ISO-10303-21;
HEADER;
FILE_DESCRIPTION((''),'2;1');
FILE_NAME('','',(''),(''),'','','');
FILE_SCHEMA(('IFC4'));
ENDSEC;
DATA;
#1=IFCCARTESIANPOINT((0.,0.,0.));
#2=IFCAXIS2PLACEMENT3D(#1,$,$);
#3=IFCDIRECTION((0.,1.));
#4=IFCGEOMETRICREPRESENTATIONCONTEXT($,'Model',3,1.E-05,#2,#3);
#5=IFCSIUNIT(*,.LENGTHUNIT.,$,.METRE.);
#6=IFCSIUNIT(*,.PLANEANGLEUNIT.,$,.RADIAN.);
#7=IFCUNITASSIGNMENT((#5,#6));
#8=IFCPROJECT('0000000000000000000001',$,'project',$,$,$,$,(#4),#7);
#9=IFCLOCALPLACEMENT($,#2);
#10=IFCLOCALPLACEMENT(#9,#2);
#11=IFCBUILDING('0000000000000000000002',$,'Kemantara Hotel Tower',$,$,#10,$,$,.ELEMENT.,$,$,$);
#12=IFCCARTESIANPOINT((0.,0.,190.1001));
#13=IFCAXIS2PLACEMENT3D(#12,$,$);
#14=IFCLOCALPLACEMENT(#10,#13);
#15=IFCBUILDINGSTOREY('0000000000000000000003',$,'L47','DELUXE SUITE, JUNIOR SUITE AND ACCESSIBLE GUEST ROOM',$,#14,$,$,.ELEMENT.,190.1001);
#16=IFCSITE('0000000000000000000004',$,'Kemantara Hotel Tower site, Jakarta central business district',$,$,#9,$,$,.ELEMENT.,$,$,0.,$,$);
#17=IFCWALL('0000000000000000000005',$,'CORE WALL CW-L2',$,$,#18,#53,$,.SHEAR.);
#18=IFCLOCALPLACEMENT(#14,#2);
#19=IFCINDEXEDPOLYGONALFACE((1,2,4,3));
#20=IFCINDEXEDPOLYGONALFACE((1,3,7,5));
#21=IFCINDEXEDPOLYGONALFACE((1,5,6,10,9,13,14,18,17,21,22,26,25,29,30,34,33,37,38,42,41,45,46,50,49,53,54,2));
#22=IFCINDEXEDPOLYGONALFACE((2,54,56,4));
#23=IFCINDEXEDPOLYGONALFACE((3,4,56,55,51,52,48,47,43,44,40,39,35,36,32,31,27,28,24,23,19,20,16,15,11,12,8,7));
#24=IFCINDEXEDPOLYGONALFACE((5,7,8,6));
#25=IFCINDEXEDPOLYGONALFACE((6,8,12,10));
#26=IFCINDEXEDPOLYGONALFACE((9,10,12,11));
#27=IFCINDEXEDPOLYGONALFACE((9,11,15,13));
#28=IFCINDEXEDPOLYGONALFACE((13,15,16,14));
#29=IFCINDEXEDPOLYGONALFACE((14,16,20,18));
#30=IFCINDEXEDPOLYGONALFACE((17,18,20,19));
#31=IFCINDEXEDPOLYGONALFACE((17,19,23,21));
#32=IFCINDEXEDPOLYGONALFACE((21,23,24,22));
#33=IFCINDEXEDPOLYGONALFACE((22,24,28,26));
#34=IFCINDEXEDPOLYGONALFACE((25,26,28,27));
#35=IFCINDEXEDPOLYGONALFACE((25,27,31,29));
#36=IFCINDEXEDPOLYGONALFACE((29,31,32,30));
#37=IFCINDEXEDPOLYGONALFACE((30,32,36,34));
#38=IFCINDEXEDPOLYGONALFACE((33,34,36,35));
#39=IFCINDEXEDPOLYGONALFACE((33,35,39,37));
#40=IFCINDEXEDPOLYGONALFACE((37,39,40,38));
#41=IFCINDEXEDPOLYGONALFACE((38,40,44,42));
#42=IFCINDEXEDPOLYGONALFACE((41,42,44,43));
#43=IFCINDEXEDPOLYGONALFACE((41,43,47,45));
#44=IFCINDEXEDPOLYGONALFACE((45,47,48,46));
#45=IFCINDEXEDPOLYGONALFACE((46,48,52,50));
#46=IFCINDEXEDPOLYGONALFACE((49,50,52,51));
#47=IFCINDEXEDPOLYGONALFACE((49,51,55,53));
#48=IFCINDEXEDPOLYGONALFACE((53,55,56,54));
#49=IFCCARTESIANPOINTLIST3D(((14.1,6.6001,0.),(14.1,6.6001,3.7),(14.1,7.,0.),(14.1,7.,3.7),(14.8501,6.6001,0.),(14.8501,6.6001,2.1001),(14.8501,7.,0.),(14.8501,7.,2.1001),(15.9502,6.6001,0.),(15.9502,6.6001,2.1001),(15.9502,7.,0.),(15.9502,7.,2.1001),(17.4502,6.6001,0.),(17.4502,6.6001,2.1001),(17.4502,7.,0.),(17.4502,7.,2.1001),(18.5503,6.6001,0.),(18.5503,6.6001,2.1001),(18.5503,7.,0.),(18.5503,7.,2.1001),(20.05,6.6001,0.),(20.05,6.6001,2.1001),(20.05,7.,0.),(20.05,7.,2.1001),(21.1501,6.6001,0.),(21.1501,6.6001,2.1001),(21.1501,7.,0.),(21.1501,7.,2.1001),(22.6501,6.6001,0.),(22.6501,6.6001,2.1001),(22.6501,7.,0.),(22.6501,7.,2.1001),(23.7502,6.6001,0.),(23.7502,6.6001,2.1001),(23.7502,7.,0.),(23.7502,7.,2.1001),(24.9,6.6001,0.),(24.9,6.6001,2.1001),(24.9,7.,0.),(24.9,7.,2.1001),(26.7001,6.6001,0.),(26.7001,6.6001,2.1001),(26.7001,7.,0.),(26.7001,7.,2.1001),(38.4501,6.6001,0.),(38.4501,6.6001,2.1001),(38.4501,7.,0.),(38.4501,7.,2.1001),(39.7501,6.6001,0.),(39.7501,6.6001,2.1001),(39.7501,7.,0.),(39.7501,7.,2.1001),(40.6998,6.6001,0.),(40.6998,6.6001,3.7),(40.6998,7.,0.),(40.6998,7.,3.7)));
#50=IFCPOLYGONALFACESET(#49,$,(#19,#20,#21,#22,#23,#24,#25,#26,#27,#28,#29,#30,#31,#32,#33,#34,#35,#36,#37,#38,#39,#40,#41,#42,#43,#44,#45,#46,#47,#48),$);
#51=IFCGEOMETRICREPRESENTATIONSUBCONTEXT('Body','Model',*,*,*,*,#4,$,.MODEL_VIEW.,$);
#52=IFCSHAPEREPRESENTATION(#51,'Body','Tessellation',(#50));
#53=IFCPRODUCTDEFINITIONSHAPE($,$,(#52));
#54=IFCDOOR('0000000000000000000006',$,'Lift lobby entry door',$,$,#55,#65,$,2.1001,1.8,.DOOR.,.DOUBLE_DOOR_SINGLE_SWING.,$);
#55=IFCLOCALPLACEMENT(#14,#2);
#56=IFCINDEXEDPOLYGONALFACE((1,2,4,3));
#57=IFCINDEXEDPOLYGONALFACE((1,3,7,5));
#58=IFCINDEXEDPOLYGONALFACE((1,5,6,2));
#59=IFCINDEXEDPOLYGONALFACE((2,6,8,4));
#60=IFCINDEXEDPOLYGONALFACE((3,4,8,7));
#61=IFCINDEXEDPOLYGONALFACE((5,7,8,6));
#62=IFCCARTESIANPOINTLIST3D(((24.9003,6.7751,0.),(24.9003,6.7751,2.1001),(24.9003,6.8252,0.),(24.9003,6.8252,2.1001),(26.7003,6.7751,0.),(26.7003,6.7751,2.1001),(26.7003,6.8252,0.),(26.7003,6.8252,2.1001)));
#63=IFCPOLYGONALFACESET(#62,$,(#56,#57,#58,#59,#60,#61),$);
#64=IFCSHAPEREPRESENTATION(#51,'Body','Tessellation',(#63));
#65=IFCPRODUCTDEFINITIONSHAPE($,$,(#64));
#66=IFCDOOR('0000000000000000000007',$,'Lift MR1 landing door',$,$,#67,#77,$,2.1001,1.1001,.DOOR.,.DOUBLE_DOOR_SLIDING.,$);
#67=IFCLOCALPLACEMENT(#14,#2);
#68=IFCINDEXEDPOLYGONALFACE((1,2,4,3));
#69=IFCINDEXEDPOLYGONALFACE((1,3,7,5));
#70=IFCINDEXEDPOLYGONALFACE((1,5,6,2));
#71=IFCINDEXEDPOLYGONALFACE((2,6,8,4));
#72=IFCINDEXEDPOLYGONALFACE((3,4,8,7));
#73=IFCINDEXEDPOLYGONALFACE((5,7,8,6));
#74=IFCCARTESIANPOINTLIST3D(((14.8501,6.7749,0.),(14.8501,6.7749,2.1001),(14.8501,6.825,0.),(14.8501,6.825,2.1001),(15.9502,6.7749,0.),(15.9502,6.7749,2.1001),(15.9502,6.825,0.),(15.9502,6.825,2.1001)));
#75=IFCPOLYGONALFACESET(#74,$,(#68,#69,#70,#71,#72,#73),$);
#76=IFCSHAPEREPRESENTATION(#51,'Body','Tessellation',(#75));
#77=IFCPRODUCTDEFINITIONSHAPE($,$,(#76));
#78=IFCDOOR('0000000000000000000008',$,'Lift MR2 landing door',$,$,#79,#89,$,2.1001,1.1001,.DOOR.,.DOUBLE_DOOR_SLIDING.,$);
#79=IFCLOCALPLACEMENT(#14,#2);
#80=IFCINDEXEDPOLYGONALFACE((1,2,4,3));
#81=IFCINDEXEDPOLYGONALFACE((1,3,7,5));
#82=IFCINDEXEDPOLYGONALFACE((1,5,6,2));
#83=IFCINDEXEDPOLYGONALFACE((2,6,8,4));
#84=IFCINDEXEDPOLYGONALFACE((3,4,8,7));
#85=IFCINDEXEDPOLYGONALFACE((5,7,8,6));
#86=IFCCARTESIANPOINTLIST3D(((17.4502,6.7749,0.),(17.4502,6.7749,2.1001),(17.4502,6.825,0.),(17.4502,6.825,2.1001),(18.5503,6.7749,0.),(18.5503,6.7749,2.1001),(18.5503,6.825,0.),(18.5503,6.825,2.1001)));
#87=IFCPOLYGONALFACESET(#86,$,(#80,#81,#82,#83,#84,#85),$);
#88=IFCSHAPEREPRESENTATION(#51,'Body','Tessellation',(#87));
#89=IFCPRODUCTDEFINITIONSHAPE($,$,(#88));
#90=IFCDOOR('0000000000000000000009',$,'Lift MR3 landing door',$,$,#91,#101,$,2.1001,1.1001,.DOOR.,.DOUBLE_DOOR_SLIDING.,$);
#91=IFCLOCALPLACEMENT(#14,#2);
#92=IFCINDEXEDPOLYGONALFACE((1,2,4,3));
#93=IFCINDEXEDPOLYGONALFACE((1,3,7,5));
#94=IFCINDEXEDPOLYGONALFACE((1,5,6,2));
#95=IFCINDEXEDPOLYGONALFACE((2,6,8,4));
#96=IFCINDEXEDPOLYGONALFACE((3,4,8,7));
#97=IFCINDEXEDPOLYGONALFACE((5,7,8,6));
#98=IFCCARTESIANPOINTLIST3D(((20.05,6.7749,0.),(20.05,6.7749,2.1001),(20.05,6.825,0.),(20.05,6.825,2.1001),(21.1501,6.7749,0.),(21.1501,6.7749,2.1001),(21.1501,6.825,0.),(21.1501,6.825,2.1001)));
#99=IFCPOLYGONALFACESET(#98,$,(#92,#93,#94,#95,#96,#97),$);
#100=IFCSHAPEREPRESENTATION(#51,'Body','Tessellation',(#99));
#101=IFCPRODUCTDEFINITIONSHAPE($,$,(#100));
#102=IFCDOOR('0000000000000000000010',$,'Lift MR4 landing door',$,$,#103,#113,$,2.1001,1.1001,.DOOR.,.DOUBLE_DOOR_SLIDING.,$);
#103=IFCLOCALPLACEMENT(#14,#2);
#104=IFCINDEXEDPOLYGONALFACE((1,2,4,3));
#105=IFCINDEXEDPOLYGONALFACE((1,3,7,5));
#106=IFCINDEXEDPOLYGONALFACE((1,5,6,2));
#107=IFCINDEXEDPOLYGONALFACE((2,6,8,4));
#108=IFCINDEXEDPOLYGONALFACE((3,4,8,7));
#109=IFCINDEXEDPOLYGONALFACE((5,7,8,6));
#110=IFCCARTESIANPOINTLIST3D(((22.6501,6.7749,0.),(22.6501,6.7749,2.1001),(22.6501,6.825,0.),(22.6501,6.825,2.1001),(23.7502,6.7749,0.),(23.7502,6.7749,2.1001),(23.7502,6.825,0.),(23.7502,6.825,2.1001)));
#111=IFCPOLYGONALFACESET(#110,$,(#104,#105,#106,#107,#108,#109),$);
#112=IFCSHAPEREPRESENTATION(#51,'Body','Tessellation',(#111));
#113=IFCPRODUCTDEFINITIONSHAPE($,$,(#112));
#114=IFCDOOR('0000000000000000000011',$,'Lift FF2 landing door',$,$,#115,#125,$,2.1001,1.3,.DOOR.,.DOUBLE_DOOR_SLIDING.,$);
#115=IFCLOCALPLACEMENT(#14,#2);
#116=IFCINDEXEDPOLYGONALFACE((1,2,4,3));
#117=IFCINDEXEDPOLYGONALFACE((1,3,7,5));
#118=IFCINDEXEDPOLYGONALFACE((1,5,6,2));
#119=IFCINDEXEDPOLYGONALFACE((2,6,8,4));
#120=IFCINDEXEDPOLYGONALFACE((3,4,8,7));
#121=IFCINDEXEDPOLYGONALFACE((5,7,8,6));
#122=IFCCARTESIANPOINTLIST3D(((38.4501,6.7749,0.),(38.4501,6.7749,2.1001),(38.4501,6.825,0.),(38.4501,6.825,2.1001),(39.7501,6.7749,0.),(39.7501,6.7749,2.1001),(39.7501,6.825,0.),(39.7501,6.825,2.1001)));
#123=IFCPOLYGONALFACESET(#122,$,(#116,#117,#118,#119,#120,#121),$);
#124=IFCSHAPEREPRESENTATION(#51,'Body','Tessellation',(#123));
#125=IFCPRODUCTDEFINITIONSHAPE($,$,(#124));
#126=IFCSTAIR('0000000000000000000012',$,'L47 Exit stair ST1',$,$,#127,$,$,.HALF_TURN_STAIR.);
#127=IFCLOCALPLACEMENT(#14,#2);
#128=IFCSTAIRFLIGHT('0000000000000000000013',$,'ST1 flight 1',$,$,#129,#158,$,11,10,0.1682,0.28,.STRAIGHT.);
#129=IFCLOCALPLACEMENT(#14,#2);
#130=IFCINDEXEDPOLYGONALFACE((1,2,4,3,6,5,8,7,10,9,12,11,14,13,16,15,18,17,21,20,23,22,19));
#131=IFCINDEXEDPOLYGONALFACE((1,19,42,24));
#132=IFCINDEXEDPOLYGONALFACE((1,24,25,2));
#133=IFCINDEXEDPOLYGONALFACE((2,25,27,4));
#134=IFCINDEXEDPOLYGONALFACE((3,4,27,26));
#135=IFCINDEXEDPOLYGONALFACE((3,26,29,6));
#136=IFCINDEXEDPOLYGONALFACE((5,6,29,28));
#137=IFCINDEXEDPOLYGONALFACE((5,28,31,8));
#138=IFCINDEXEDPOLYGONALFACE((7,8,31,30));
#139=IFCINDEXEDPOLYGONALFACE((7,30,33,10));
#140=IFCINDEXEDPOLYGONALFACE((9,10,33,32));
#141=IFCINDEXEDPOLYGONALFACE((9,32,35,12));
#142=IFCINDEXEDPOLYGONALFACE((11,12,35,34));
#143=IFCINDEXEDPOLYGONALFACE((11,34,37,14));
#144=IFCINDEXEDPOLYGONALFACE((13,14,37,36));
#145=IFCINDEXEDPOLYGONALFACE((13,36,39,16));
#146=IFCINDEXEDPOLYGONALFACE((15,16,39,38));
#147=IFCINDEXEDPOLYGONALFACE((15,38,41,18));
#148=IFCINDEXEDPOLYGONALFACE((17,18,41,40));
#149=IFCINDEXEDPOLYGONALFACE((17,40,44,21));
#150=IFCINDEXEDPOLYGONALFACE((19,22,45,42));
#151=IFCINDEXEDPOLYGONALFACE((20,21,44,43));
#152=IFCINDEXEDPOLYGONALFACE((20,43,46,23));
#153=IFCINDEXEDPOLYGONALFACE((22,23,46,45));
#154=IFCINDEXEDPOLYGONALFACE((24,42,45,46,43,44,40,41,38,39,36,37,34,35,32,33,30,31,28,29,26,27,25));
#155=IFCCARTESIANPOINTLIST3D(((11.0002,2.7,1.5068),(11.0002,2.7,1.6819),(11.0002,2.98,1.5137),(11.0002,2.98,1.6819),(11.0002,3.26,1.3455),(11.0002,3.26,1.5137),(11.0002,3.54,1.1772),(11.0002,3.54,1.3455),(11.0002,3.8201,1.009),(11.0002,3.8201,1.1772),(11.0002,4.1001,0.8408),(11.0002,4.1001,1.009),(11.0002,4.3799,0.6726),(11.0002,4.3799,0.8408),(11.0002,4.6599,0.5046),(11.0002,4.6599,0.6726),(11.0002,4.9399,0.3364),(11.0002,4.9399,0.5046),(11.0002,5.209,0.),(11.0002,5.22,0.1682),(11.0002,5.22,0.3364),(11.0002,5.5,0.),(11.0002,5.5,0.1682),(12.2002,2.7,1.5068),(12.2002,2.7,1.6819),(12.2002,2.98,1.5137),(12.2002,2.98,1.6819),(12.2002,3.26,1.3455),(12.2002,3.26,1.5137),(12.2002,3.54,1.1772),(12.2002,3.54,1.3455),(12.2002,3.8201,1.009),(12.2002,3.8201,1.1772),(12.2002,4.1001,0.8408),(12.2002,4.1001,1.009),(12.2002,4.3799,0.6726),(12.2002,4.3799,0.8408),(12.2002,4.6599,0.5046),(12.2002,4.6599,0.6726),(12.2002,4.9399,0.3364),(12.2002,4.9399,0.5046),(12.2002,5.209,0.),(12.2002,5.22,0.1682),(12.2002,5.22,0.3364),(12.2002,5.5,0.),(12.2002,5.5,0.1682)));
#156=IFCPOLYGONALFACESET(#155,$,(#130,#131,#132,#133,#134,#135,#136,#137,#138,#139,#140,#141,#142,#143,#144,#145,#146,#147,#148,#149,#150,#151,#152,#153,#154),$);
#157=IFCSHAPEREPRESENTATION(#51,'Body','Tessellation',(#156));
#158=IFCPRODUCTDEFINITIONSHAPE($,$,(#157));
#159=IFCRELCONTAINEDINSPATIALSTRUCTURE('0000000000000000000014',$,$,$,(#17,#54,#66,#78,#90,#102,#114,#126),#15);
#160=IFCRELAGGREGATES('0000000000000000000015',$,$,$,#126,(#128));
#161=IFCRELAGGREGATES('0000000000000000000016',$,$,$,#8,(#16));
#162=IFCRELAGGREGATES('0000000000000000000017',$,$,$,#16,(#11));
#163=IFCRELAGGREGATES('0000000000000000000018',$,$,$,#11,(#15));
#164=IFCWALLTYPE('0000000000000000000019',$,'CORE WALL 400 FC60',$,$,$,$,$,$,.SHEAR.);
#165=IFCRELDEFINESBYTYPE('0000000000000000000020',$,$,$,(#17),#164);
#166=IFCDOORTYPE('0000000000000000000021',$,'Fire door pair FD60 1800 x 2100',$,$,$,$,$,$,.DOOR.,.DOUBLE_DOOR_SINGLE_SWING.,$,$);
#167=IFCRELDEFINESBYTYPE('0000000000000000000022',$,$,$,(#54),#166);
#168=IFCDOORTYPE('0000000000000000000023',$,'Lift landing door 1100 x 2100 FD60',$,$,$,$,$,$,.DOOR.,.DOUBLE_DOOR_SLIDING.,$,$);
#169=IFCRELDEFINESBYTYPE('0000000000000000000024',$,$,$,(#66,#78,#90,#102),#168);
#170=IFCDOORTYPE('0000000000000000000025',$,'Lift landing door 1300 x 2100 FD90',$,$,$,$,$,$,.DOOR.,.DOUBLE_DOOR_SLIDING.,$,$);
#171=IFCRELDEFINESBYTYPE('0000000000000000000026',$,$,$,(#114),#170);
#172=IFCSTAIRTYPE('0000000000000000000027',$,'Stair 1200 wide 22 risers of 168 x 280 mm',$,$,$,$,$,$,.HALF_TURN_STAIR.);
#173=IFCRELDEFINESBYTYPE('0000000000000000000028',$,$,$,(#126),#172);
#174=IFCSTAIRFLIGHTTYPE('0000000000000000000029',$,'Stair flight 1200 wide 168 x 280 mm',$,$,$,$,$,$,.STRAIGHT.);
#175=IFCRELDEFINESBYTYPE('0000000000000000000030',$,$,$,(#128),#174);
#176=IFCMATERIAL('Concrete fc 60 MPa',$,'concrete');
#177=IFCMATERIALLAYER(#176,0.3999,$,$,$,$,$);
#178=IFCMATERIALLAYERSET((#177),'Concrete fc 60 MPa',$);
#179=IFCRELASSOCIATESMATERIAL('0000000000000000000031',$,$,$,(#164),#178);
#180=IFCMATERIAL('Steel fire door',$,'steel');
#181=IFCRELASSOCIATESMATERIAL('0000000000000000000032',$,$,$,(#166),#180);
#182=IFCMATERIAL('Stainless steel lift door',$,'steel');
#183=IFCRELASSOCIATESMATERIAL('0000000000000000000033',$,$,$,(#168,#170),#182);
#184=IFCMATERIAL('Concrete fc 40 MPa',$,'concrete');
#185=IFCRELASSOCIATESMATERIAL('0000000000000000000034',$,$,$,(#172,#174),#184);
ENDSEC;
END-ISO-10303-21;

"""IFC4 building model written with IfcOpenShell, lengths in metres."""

from ifc_helpers import new_model, si_unit, direction, frame, frame_2d, origin, place, context, subcontext, project, spatial, polyline, rectangle, outline, extrude, material, layer, layer_set, type_object, element, fill, aggregate, save


model = new_model("IFC4")

# Units and contexts
model_context = context("Model", 3, precision=1e-05, world=origin(), true_north=direction((0.0, 1.0)))
body_context = subcontext(model_context, "Body", "Model", "MODEL_VIEW")
ifc_project = project(units=[si_unit("LENGTHUNIT", "METRE"), si_unit("PLANEANGLEUNIT", "RADIAN")], contexts=[model_context])

# Site, building, storey
site_placement = place(None, origin())
site = spatial("IfcSite", under=ifc_project, at=site_placement, Name="Kemantara Hotel Tower site, Jakarta central business district", CompositionType="ELEMENT", RefElevation=0.0)
building_placement = place(site_placement, origin())
building = spatial("IfcBuilding", under=site, at=building_placement, Name="Kemantara Hotel Tower", CompositionType="ELEMENT")
storey_placement = place(building_placement, frame((0.0, 0.0, 190.1001)))
storey = spatial("IfcBuildingStorey", under=building, at=storey_placement, Name="L47", Description="DELUXE SUITE, JUNIOR SUITE AND ACCESSIBLE GUEST ROOM", CompositionType="ELEMENT", Elevation=190.1001)

# Shared definitions
ifc_material_1 = material(Name="Concrete fc 60 MPa", Category="concrete")

# Shared definitions
ifc_layer_1 = layer(ifc_material_1, 0.3999)
ifc_layer_set_1 = layer_set([ifc_layer_1], Name="Concrete fc 60 MPa")
wall_type_1 = type_object("IfcWallType", Name="CORE WALL 400 FC60", PredefinedType="SHEAR", material=ifc_layer_set_1)

# Wall, openings, doors
wall_1_placement = place(storey_placement, frame((14.1001, 6.8, 0.0), z_axis=(0.0, 0.0, 1.0), x_axis=(1.0, 0.0, 0.0)))
wall_1 = element("IfcWall", 1, at=wall_1_placement, inside=storey, type_object=wall_type_1, Name="CORE WALL CW-L2", PredefinedType="SHEAR", context=body_context, shape_type="SweptSolid", body=[
    extrude(rectangle(XDim=26.5999, YDim=0.3999, at=frame_2d((13.2998, 0.0))), origin(), (0.0, 0.0, 1.0), 3.7),
])
opening_1_placement = place(wall_1_placement, frame((10.8, 0.0, 0.0)))
opening_1 = element("IfcOpeningElement", 2, at=opening_1_placement, cuts=wall_1, PredefinedType="OPENING", context=body_context, shape_type="SweptSolid", body=[
    extrude(rectangle(XDim=1.8, YDim=2.1001, at=frame_2d((0.8999, 1.05))), frame((0.0, 0.21, 0.0), z_axis=(0.0, -1.0, 0.0), x_axis=(1.0, 0.0, 0.0)), (0.0, 0.0, 1.0), 0.4199),
])
opening_2_placement = place(wall_1_placement, frame((0.75, 0.0, 0.0)))
opening_2 = element("IfcOpeningElement", 3, at=opening_2_placement, cuts=wall_1, PredefinedType="OPENING", context=body_context, shape_type="SweptSolid", body=[
    extrude(rectangle(XDim=1.1001, YDim=2.1001, at=frame_2d((0.55, 1.05))), frame((0.0, 0.21, 0.0), z_axis=(0.0, -1.0, 0.0), x_axis=(1.0, 0.0, 0.0)), (0.0, 0.0, 1.0), 0.4199),
])
opening_3_placement = place(wall_1_placement, frame((3.3501, 0.0, 0.0)))
opening_3 = element("IfcOpeningElement", 4, at=opening_3_placement, cuts=wall_1, PredefinedType="OPENING", context=body_context, shape_type="SweptSolid", body=[
    extrude(rectangle(XDim=1.1001, YDim=2.1001, at=frame_2d((0.55, 1.05))), frame((0.0, 0.21, 0.0), z_axis=(0.0, -1.0, 0.0), x_axis=(1.0, 0.0, 0.0)), (0.0, 0.0, 1.0), 0.4199),
])
opening_4_placement = place(wall_1_placement, frame((5.95, 0.0, 0.0)))
opening_4 = element("IfcOpeningElement", 5, at=opening_4_placement, cuts=wall_1, PredefinedType="OPENING", context=body_context, shape_type="SweptSolid", body=[
    extrude(rectangle(XDim=1.1001, YDim=2.1001, at=frame_2d((0.55, 1.05))), frame((0.0, 0.21, 0.0), z_axis=(0.0, -1.0, 0.0), x_axis=(1.0, 0.0, 0.0)), (0.0, 0.0, 1.0), 0.4199),
])
opening_5_placement = place(wall_1_placement, frame((8.55, 0.0, 0.0)))
opening_5 = element("IfcOpeningElement", 6, at=opening_5_placement, cuts=wall_1, PredefinedType="OPENING", context=body_context, shape_type="SweptSolid", body=[
    extrude(rectangle(XDim=1.1001, YDim=2.1001, at=frame_2d((0.55, 1.05))), frame((0.0, 0.21, 0.0), z_axis=(0.0, -1.0, 0.0), x_axis=(1.0, 0.0, 0.0)), (0.0, 0.0, 1.0), 0.4199),
])
opening_6_placement = place(wall_1_placement, frame((24.3501, 0.0, 0.0)))
opening_6 = element("IfcOpeningElement", 7, at=opening_6_placement, cuts=wall_1, PredefinedType="OPENING", context=body_context, shape_type="SweptSolid", body=[
    extrude(rectangle(XDim=1.3, YDim=2.1001, at=frame_2d((0.6499, 1.05))), frame((0.0, 0.21, 0.0), z_axis=(0.0, -1.0, 0.0), x_axis=(1.0, 0.0, 0.0)), (0.0, 0.0, 1.0), 0.4199),
])
ifc_material_2 = material(Name="Steel fire door", Category="steel")
door_type_1 = type_object("IfcDoorType", Name="Fire door pair FD60 1800 x 2100", OperationType="DOUBLE_DOOR_SINGLE_SWING", PredefinedType="DOOR", material=ifc_material_2)
door_1_placement = place(opening_1_placement, frame((1.8, 0.0, 0.0), z_axis=(0.0, 0.0, 1.0), x_axis=(-1.0, 0.0, 0.0)))
door_1 = element("IfcDoor", 8, at=door_1_placement, inside=storey, type_object=door_type_1, Name="Lift lobby entry door", OperationType="DOUBLE_DOOR_SINGLE_SWING", OverallHeight=2.1001, OverallWidth=1.8, PredefinedType="DOOR", context=body_context, shape_type="SweptSolid", body=[
    extrude(rectangle(XDim=1.8, YDim=2.1001, at=frame_2d((0.8999, 1.05))), frame((0.0, 0.0249, 0.0), z_axis=(0.0, -1.0, 0.0), x_axis=(1.0, 0.0, 0.0)), (0.0, 0.0, 1.0), 0.05),
])
fill(opening_1, door_1)
ifc_material_3 = material(Name="Stainless steel lift door", Category="steel")
door_type_2 = type_object("IfcDoorType", Name="Lift landing door 1100 x 2100 FD60", OperationType="DOUBLE_DOOR_SLIDING", PredefinedType="DOOR", material=ifc_material_3)
door_2_placement = place(opening_2_placement, origin())
door_2 = element("IfcDoor", 9, at=door_2_placement, inside=storey, type_object=door_type_2, Name="Lift MR1 landing door", OperationType="DOUBLE_DOOR_SLIDING", OverallHeight=2.1001, OverallWidth=1.1001, PredefinedType="DOOR", context=body_context, shape_type="SweptSolid", body=[
    extrude(rectangle(XDim=1.1001, YDim=2.1001, at=frame_2d((0.55, 1.05))), frame((0.0, 0.0249, 0.0), z_axis=(0.0, -1.0, 0.0), x_axis=(1.0, 0.0, 0.0)), (0.0, 0.0, 1.0), 0.05),
])
fill(opening_2, door_2)
door_3_placement = place(opening_3_placement, origin())
door_3 = element("IfcDoor", 10, at=door_3_placement, inside=storey, type_object=door_type_2, Name="Lift MR2 landing door", OperationType="DOUBLE_DOOR_SLIDING", OverallHeight=2.1001, OverallWidth=1.1001, PredefinedType="DOOR", context=body_context, shape_type="SweptSolid", body=[
    extrude(rectangle(XDim=1.1001, YDim=2.1001, at=frame_2d((0.55, 1.05))), frame((0.0, 0.0249, 0.0), z_axis=(0.0, -1.0, 0.0), x_axis=(1.0, 0.0, 0.0)), (0.0, 0.0, 1.0), 0.05),
])
fill(opening_3, door_3)
door_4_placement = place(opening_4_placement, origin())
door_4 = element("IfcDoor", 11, at=door_4_placement, inside=storey, type_object=door_type_2, Name="Lift MR3 landing door", OperationType="DOUBLE_DOOR_SLIDING", OverallHeight=2.1001, OverallWidth=1.1001, PredefinedType="DOOR", context=body_context, shape_type="SweptSolid", body=[
    extrude(rectangle(XDim=1.1001, YDim=2.1001, at=frame_2d((0.55, 1.05))), frame((0.0, 0.0249, 0.0), z_axis=(0.0, -1.0, 0.0), x_axis=(1.0, 0.0, 0.0)), (0.0, 0.0, 1.0), 0.05),
])
fill(opening_4, door_4)
door_5_placement = place(opening_5_placement, origin())
door_5 = element("IfcDoor", 12, at=door_5_placement, inside=storey, type_object=door_type_2, Name="Lift MR4 landing door", OperationType="DOUBLE_DOOR_SLIDING", OverallHeight=2.1001, OverallWidth=1.1001, PredefinedType="DOOR", context=body_context, shape_type="SweptSolid", body=[
    extrude(rectangle(XDim=1.1001, YDim=2.1001, at=frame_2d((0.55, 1.05))), frame((0.0, 0.0249, 0.0), z_axis=(0.0, -1.0, 0.0), x_axis=(1.0, 0.0, 0.0)), (0.0, 0.0, 1.0), 0.05),
])
fill(opening_5, door_5)
door_type_3 = type_object("IfcDoorType", Name="Lift landing door 1300 x 2100 FD90", OperationType="DOUBLE_DOOR_SLIDING", PredefinedType="DOOR", material=ifc_material_3)
door_6_placement = place(opening_6_placement, origin())
door_6 = element("IfcDoor", 13, at=door_6_placement, inside=storey, type_object=door_type_3, Name="Lift FF2 landing door", OperationType="DOUBLE_DOOR_SLIDING", OverallHeight=2.1001, OverallWidth=1.3, PredefinedType="DOOR", context=body_context, shape_type="SweptSolid", body=[
    extrude(rectangle(XDim=1.3, YDim=2.1001, at=frame_2d((0.6499, 1.05))), frame((0.0, 0.0249, 0.0), z_axis=(0.0, -1.0, 0.0), x_axis=(1.0, 0.0, 0.0)), (0.0, 0.0, 1.0), 0.05),
])
fill(opening_6, door_6)

# Stair, stair flight
ifc_material_4 = material(Name="Concrete fc 40 MPa", Category="concrete")
stair_type = type_object("IfcStairType", Name="Stair 1200 wide 22 risers of 168 x 280 mm", PredefinedType="HALF_TURN_STAIR", material=ifc_material_4)
stair_placement = place(storey_placement, origin())
stair = element("IfcStair", 14, at=stair_placement, inside=storey, type_object=stair_type, Name="L47 Exit stair ST1", PredefinedType="HALF_TURN_STAIR")
stair_flight_type = type_object("IfcStairFlightType", Name="Stair flight 1200 wide 168 x 280 mm", PredefinedType="STRAIGHT", material=ifc_material_4)
stair_flight_placement = place(storey_placement, frame((11.6001, 5.5, 0.0), z_axis=(0.0, 0.0, 1.0), x_axis=(0.0, -1.0, 0.0)))
stair_flight = element("IfcStairFlight", 15, at=stair_flight_placement, type_object=stair_flight_type, Name="ST1 flight 1", NumberOfRisers=11, NumberOfTreads=10, PredefinedType="STRAIGHT", RiserHeight=0.1682, TreadLength=0.28, context=body_context, shape_type="SweptSolid", body=[
    extrude(outline(polyline([(0.0, 0.0), (0.0, 0.1682), (0.28, 0.1682), (0.28, 0.3364), (0.5601, 0.3364), (0.5601, 0.5046), (0.8401, 0.5046), (0.8401, 0.6726), (1.1201, 0.6726), (1.1201, 0.8408), (1.3999, 0.8408), (1.3999, 1.009), (1.6799, 1.009), (1.6799, 1.1772), (1.96, 1.1772), (1.96, 1.3455), (2.24, 1.3455), (2.24, 1.5137), (2.52, 1.5137), (2.52, 1.6819), (2.8, 1.6819), (2.8, 1.8501), (2.8, 1.5068), (0.291, 0.0), (0.0, 0.0)])), frame((0.0, 0.6001, 0.0), z_axis=(0.0, -1.0, 0.0), x_axis=(1.0, 0.0, 0.0)), (0.0, 0.0, 1.0), 1.2),
])
aggregate(stair, [stair_flight])

save(model, "model.ifc")
